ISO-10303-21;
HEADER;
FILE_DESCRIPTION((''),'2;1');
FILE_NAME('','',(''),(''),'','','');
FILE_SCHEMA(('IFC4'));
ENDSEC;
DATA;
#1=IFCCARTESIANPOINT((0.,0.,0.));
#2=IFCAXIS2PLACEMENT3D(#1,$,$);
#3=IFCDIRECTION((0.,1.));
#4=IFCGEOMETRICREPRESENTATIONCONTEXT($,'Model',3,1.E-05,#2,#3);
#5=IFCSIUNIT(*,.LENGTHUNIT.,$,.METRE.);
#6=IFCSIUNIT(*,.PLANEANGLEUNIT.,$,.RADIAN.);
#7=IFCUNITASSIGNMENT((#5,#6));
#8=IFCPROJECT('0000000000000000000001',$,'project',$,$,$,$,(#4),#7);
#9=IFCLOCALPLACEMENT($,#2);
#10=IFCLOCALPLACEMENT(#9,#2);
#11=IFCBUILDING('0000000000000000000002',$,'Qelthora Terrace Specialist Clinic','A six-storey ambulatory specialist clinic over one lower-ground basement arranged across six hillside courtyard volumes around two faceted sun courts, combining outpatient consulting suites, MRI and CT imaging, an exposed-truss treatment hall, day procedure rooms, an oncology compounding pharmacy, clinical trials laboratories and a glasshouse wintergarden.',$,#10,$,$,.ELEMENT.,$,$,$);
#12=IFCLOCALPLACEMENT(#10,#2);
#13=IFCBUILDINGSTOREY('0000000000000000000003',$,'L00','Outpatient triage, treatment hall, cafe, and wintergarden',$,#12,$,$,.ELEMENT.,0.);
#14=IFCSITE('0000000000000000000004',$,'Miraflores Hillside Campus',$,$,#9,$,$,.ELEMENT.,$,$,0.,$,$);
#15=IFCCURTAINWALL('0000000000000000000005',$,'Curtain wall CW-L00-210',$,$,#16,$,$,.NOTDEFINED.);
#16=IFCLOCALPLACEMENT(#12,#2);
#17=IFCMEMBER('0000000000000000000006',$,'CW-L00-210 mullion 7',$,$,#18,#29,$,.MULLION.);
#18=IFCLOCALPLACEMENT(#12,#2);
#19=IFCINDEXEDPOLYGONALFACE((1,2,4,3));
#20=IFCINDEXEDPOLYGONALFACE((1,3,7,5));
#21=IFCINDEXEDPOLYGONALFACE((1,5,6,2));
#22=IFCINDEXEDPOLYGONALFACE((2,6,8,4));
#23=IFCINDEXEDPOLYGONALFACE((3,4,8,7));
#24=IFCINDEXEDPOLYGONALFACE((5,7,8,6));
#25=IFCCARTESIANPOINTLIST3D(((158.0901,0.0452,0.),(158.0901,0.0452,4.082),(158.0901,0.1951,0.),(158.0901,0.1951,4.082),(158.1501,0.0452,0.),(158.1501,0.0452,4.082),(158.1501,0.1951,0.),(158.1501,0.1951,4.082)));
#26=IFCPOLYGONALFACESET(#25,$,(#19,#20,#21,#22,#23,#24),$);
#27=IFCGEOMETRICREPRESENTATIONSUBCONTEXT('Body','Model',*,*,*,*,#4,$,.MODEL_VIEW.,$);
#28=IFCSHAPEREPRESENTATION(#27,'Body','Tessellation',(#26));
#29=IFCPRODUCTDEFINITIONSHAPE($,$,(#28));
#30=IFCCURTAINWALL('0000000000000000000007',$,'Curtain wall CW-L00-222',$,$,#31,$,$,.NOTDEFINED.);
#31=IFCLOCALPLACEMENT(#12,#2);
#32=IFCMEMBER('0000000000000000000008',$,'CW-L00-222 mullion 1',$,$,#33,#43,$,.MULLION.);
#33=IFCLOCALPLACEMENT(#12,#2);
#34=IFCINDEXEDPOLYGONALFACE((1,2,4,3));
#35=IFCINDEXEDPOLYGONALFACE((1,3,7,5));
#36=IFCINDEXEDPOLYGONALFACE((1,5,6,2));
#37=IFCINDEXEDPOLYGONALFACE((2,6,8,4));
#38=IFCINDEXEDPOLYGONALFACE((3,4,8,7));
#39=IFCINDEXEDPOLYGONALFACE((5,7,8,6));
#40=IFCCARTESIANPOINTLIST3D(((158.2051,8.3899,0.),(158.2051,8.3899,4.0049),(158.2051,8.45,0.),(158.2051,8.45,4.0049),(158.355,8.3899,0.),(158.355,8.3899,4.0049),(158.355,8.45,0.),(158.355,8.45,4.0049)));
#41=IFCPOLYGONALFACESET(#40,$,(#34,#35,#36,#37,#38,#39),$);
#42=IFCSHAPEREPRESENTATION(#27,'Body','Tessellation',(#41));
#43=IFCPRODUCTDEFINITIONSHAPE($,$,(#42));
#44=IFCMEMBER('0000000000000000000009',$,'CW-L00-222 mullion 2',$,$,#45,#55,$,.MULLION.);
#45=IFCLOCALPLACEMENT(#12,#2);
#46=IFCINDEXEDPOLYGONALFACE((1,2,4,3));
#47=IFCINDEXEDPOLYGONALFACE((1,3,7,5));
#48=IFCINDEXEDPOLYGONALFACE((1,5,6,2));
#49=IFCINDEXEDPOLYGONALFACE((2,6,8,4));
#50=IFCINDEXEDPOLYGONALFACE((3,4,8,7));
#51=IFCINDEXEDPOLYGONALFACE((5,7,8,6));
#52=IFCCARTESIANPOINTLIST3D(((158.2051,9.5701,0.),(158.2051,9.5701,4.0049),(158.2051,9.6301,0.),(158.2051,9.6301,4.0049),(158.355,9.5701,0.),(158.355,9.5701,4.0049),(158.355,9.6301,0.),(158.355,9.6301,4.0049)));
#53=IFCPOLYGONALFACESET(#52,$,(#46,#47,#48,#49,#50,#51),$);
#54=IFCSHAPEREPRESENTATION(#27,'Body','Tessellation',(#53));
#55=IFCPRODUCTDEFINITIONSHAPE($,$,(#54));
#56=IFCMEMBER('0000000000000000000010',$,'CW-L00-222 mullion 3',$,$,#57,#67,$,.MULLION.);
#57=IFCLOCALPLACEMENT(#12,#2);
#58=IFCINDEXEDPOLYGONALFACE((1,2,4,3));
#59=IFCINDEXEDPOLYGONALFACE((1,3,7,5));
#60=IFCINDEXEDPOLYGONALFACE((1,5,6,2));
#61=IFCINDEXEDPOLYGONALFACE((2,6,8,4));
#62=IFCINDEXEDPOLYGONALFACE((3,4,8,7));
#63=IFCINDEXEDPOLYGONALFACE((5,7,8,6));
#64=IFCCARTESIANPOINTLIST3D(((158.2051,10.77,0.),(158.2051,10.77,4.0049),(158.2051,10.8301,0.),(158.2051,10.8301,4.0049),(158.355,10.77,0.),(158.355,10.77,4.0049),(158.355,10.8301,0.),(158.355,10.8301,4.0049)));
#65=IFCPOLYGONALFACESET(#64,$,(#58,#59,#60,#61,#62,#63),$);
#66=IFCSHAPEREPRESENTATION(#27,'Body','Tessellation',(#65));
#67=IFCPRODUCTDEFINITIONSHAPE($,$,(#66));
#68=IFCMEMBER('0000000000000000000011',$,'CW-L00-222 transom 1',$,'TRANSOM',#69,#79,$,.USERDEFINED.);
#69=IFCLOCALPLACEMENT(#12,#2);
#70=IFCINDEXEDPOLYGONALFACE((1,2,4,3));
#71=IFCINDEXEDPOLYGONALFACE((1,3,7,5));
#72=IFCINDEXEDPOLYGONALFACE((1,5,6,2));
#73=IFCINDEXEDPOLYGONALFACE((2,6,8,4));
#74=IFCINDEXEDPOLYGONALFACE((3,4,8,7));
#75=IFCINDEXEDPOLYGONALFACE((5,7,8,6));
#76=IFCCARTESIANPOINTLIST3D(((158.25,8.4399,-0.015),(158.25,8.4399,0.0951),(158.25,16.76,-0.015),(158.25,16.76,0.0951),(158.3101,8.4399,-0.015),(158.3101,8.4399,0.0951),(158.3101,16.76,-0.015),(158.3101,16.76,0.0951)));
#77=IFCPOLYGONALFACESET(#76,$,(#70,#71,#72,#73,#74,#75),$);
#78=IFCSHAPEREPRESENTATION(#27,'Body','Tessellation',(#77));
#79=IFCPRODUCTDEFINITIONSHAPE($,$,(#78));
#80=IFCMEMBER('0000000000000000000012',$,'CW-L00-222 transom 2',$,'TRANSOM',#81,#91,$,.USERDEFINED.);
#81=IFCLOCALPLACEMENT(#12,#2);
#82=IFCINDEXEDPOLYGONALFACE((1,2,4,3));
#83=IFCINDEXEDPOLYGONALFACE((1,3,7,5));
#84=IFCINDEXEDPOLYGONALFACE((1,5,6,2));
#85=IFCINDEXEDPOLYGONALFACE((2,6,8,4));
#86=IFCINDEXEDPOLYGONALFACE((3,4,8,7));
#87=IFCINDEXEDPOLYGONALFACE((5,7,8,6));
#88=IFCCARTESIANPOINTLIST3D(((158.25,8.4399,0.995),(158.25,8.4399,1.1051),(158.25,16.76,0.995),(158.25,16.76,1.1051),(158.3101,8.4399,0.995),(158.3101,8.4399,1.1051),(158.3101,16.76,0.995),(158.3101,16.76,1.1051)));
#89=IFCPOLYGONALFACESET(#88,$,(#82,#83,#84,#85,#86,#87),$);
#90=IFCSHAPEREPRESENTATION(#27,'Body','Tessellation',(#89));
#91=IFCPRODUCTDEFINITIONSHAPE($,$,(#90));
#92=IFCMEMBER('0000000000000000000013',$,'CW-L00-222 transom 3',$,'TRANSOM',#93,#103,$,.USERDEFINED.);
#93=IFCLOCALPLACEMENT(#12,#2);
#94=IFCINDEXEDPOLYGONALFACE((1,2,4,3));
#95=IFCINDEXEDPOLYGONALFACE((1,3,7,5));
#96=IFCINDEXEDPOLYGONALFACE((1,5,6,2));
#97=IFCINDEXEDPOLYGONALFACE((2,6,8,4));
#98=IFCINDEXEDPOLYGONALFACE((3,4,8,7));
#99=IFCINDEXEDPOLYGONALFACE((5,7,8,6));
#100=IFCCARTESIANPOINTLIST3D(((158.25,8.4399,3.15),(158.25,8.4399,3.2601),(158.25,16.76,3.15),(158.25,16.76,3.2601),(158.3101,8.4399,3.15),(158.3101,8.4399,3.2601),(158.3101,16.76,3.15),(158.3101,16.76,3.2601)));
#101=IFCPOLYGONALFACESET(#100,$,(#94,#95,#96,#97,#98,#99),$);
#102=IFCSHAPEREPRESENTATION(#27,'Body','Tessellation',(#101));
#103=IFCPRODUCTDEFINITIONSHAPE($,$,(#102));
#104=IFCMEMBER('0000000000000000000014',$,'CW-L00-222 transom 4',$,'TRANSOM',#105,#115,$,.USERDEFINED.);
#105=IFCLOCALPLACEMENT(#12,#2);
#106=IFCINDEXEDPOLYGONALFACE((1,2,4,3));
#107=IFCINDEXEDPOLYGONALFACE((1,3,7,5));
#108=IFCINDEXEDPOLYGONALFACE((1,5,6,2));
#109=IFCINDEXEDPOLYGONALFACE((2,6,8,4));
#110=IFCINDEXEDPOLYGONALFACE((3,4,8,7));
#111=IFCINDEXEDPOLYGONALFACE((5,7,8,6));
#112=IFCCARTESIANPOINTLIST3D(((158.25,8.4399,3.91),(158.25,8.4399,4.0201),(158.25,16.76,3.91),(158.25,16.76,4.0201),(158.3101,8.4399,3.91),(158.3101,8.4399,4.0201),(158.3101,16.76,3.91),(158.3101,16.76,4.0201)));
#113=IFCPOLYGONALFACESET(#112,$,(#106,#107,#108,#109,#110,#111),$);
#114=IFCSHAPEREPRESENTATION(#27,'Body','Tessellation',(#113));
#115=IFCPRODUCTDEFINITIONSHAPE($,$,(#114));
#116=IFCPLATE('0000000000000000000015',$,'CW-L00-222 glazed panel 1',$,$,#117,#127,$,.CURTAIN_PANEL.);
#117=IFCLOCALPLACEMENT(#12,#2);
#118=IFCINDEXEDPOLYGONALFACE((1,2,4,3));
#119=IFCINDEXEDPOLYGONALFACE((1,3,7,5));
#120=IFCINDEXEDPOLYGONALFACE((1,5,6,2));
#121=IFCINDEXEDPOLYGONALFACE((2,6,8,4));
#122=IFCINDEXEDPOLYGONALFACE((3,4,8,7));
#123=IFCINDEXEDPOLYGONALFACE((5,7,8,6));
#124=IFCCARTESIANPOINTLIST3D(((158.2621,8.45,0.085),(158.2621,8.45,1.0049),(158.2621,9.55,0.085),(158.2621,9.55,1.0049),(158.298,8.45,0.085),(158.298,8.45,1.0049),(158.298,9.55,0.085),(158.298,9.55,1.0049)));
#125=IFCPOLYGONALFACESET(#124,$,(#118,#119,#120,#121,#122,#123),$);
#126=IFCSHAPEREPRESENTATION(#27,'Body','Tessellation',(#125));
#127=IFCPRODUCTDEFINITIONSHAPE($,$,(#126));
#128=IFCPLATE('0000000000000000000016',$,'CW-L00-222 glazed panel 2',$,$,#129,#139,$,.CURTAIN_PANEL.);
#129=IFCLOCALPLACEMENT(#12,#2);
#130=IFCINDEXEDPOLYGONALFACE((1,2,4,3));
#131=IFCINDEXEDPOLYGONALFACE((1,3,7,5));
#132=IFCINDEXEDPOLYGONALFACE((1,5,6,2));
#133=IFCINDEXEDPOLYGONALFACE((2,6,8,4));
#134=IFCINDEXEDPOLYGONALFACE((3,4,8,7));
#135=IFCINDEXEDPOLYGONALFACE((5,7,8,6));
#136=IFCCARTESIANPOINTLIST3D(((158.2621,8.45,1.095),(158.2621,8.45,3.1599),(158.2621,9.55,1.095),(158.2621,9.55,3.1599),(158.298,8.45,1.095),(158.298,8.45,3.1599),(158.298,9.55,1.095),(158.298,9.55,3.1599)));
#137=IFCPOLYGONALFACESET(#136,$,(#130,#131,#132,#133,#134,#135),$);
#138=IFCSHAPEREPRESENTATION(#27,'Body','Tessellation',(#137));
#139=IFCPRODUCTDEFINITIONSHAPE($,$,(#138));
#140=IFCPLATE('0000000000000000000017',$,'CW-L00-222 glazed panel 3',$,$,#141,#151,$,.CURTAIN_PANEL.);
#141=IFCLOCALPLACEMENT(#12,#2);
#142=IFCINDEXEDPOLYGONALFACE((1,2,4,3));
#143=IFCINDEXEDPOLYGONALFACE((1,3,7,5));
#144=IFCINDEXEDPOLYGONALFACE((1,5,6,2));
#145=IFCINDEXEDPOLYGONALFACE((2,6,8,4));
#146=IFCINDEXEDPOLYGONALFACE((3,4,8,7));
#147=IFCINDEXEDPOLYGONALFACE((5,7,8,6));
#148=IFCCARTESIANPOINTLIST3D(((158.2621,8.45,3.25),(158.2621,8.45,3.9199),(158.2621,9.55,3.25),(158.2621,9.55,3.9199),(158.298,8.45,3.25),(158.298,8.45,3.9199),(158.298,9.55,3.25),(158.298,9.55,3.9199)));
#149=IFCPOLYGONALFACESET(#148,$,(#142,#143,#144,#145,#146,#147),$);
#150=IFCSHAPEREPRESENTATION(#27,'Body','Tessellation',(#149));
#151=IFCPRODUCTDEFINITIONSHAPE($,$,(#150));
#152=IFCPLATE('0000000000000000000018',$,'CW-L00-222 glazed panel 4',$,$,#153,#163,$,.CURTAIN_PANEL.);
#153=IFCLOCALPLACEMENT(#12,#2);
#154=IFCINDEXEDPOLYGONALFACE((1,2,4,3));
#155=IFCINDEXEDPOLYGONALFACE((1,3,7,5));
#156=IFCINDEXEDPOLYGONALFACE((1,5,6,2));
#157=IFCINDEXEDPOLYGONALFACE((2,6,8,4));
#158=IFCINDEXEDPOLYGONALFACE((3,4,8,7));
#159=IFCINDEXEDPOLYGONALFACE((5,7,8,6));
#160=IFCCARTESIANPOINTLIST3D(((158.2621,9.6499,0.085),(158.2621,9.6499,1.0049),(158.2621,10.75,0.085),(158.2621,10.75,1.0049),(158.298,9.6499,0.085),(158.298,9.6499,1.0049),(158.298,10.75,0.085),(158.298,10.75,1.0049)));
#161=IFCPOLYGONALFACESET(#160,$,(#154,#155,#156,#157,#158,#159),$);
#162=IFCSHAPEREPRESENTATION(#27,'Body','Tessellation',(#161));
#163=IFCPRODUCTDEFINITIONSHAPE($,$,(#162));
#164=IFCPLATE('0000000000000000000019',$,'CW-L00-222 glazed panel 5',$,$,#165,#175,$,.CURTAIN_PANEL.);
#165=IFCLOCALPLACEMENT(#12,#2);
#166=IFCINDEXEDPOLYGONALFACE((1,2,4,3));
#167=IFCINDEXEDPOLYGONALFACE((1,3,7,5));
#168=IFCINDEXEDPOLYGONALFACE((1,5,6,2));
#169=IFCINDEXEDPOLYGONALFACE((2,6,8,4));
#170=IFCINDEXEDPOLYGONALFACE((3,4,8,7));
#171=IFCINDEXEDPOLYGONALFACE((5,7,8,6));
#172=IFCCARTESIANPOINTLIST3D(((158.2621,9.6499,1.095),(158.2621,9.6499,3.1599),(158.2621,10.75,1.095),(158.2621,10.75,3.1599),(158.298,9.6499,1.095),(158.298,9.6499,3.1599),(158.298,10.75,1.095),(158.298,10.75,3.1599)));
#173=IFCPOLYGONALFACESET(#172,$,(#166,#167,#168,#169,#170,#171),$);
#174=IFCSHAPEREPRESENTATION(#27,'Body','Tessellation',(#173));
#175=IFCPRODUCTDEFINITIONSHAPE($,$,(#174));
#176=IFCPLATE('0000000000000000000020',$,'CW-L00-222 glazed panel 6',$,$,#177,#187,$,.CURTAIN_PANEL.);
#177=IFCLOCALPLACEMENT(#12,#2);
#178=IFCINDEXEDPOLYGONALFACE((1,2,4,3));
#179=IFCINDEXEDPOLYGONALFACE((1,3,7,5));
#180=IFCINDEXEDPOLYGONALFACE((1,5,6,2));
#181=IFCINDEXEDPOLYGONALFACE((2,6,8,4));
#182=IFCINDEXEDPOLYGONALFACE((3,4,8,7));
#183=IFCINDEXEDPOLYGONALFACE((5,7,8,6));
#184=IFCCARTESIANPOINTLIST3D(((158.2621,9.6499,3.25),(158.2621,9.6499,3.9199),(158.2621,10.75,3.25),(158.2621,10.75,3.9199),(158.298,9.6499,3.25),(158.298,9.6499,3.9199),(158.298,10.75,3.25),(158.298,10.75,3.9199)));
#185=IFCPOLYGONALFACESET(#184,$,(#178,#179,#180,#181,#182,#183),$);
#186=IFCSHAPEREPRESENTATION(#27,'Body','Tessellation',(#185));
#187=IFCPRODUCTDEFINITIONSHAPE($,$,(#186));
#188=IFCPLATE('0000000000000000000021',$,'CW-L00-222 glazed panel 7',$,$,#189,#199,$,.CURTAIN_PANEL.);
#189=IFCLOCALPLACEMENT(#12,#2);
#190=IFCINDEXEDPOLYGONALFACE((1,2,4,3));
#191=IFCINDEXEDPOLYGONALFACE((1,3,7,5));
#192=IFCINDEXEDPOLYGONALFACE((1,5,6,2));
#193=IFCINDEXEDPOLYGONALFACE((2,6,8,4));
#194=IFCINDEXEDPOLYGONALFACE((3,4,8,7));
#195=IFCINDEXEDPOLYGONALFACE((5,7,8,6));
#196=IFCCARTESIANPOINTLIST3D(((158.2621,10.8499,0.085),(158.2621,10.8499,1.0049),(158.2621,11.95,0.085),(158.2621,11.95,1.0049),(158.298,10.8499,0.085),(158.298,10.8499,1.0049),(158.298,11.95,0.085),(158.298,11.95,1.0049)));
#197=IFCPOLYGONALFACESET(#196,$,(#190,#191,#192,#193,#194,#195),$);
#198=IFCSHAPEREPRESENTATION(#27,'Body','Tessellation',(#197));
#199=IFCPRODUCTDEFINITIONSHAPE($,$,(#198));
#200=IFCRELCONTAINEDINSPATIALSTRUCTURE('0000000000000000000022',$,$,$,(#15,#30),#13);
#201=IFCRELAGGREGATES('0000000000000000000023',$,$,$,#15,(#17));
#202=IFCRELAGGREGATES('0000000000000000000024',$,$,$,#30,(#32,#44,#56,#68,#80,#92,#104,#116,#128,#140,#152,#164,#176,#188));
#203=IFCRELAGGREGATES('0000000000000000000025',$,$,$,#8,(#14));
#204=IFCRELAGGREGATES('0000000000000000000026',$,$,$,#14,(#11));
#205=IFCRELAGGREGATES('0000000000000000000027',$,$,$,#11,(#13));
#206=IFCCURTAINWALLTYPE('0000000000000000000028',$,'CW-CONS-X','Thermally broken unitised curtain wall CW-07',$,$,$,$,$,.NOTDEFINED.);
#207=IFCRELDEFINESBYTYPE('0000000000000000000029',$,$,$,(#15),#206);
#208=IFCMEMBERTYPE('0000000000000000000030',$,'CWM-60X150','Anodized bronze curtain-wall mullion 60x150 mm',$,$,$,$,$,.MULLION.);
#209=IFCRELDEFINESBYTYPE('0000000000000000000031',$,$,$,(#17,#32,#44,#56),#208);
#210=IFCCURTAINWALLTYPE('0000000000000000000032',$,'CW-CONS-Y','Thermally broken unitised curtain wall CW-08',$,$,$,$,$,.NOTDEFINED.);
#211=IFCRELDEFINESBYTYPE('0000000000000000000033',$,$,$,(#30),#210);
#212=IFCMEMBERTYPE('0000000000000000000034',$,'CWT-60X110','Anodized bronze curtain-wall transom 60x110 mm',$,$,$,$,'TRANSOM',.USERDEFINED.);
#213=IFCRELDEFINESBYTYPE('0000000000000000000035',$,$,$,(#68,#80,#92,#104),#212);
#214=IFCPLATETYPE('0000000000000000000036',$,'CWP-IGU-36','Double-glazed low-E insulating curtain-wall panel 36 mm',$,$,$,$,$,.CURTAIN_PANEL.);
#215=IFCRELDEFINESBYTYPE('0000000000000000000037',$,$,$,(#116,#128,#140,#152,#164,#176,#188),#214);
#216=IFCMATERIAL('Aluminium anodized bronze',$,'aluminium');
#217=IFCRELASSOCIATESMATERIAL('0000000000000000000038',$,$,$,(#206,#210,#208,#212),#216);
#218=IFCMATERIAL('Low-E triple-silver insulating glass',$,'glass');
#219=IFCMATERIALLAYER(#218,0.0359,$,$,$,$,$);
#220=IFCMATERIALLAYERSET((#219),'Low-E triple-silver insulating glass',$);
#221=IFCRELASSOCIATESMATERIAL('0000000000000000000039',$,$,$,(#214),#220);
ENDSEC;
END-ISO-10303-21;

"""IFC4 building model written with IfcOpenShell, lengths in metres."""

from ifc_helpers import new_model, si_unit, direction, frame, origin, origin_2d, place, context, subcontext, project, spatial, rectangle, extrude, material, layer, layer_set, material_profile, profile_set, type_object, element, aggregate, save


model = new_model("IFC4")

# Units and contexts
model_context = context("Model", 3, precision=1e-05, world=origin(), true_north=direction((0.0, 1.0)))
body_context = subcontext(model_context, "Body", "Model", "MODEL_VIEW")
ifc_project = project(units=[si_unit("LENGTHUNIT", "METRE"), si_unit("PLANEANGLEUNIT", "RADIAN")], contexts=[model_context])

# Site, building, storey
site_placement = place(None, origin())
site = spatial("IfcSite", under=ifc_project, at=site_placement, Name="Miraflores Hillside Campus", CompositionType="ELEMENT", RefElevation=0.0)
building_placement = place(site_placement, origin())
building = spatial("IfcBuilding", under=site, at=building_placement, Name="Qelthora Terrace Specialist Clinic", Description="A six-storey ambulatory specialist clinic over one lower-ground basement arranged across six hillside courtyard volumes around two faceted sun courts, combining outpatient consulting suites, MRI and CT imaging, an exposed-truss treatment hall, day procedure rooms, an oncology compounding pharmacy, clinical trials laboratories and a glasshouse wintergarden.", CompositionType="ELEMENT")
storey_placement = place(building_placement, origin())
storey = spatial("IfcBuildingStorey", under=building, at=storey_placement, Name="L00", Description="Outpatient triage, treatment hall, cafe, and wintergarden", CompositionType="ELEMENT", Elevation=0.0)

# Curtain wall, member
ifc_material_1 = material(Name="Aluminium anodized bronze", Category="aluminium")
curtain_wall_type_1 = type_object("IfcCurtainWallType", Name="CW-CONS-X", Description="Thermally broken unitised curtain wall CW-07", PredefinedType="NOTDEFINED", material=ifc_material_1)
curtain_wall_1_placement = place(storey_placement, origin())
curtain_wall_1 = element("IfcCurtainWall", 1, at=curtain_wall_1_placement, inside=storey, type_object=curtain_wall_type_1, Name="Curtain wall CW-L00-210", PredefinedType="NOTDEFINED")
ifc_material_profile_1 = material_profile(ifc_material_1, rectangle(XDim=0.0601, YDim=0.1499, at=origin_2d()), Name="CWM60X150")
ifc_profile_set_1 = profile_set([ifc_material_profile_1], Name="Aluminium anodized bronze")
member_type_1 = type_object("IfcMemberType", Name="CWM-60X150", Description="Anodized bronze curtain-wall mullion 60x150 mm", PredefinedType="MULLION", material=ifc_profile_set_1)
member_1_placement = place(storey_placement, frame((158.1201, 0.1201, 0.0), z_axis=(0.0, 0.0, 1.0), x_axis=(1.0, 0.0, 0.0)))
member_1 = element("IfcMember", 2, at=member_1_placement, type_object=member_type_1, Name="CW-L00-210 mullion 7", PredefinedType="MULLION", context=body_context, shape_type="SweptSolid", body=[
    extrude(rectangle(XDim=0.0601, YDim=0.1499, at=origin_2d()), origin(), (0.0, 0.0, 1.0), 4.082),
])
aggregate(curtain_wall_1, [member_1])

# Curtain wall, members, plates
curtain_wall_type_2 = type_object("IfcCurtainWallType", Name="CW-CONS-Y", Description="Thermally broken unitised curtain wall CW-08", PredefinedType="NOTDEFINED", material=ifc_material_1)
curtain_wall_2_placement = place(storey_placement, origin())
curtain_wall_2 = element("IfcCurtainWall", 3, at=curtain_wall_2_placement, inside=storey, type_object=curtain_wall_type_2, Name="Curtain wall CW-L00-222", PredefinedType="NOTDEFINED")
member_2_placement = place(storey_placement, frame((158.28, 8.4199, 0.0), z_axis=(0.0, 0.0, 1.0), x_axis=(0.0, 1.0, 0.0)))
member_2 = element("IfcMember", 4, at=member_2_placement, type_object=member_type_1, Name="CW-L00-222 mullion 1", PredefinedType="MULLION", context=body_context, shape_type="SweptSolid", body=[
    extrude(rectangle(XDim=0.0601, YDim=0.1499, at=origin_2d()), origin(), (0.0, 0.0, 1.0), 4.0049),
])
member_3_placement = place(storey_placement, frame((158.28, 9.6001, 0.0), z_axis=(0.0, 0.0, 1.0), x_axis=(0.0, 1.0, 0.0)))
member_3 = element("IfcMember", 5, at=member_3_placement, type_object=member_type_1, Name="CW-L00-222 mullion 2", PredefinedType="MULLION", context=body_context, shape_type="SweptSolid", body=[
    extrude(rectangle(XDim=0.0601, YDim=0.1499, at=origin_2d()), origin(), (0.0, 0.0, 1.0), 4.0049),
])
member_4_placement = place(storey_placement, frame((158.28, 10.8, 0.0), z_axis=(0.0, 0.0, 1.0), x_axis=(0.0, 1.0, 0.0)))
member_4 = element("IfcMember", 6, at=member_4_placement, type_object=member_type_1, Name="CW-L00-222 mullion 3", PredefinedType="MULLION", context=body_context, shape_type="SweptSolid", body=[
    extrude(rectangle(XDim=0.0601, YDim=0.1499, at=origin_2d()), origin(), (0.0, 0.0, 1.0), 4.0049),
])
ifc_material_profile_2 = material_profile(ifc_material_1, rectangle(XDim=0.0601, YDim=0.1101, at=origin_2d()), Name="CWT60X110")
ifc_profile_set_2 = profile_set([ifc_material_profile_2], Name="Aluminium anodized bronze")
member_type_2 = type_object("IfcMemberType", Name="CWT-60X110", Description="Anodized bronze curtain-wall transom 60x110 mm", ElementType="TRANSOM", PredefinedType="USERDEFINED", material=ifc_profile_set_2)
member_5_placement = place(storey_placement, frame((158.28, 8.4399, 0.04), z_axis=(0.0, 1.0, 0.0), x_axis=(-1.0, 0.0, 0.0)))
member_5 = element("IfcMember", 7, at=member_5_placement, type_object=member_type_2, Name="CW-L00-222 transom 1", ObjectType="TRANSOM", PredefinedType="USERDEFINED", context=body_context, shape_type="SweptSolid", body=[
    extrude(rectangle(XDim=0.0601, YDim=0.1101, at=origin_2d()), origin(), (0.0, 0.0, 1.0), 8.3201),
])
member_6_placement = place(storey_placement, frame((158.28, 8.4399, 1.05), z_axis=(0.0, 1.0, 0.0), x_axis=(-1.0, 0.0, 0.0)))
member_6 = element("IfcMember", 8, at=member_6_placement, type_object=member_type_2, Name="CW-L00-222 transom 2", ObjectType="TRANSOM", PredefinedType="USERDEFINED", context=body_context, shape_type="SweptSolid", body=[
    extrude(rectangle(XDim=0.0601, YDim=0.1101, at=origin_2d()), origin(), (0.0, 0.0, 1.0), 8.3201),
])
member_7_placement = place(storey_placement, frame((158.28, 8.4399, 3.2051), z_axis=(0.0, 1.0, 0.0), x_axis=(-1.0, 0.0, 0.0)))
member_7 = element("IfcMember", 9, at=member_7_placement, type_object=member_type_2, Name="CW-L00-222 transom 3", ObjectType="TRANSOM", PredefinedType="USERDEFINED", context=body_context, shape_type="SweptSolid", body=[
    extrude(rectangle(XDim=0.0601, YDim=0.1101, at=origin_2d()), origin(), (0.0, 0.0, 1.0), 8.3201),
])
member_8_placement = place(storey_placement, frame((158.28, 8.4399, 3.9651), z_axis=(0.0, 1.0, 0.0), x_axis=(-1.0, 0.0, 0.0)))
member_8 = element("IfcMember", 10, at=member_8_placement, type_object=member_type_2, Name="CW-L00-222 transom 4", ObjectType="TRANSOM", PredefinedType="USERDEFINED", context=body_context, shape_type="SweptSolid", body=[
    extrude(rectangle(XDim=0.0601, YDim=0.1101, at=origin_2d()), origin(), (0.0, 0.0, 1.0), 8.3201),
])
ifc_material_2 = material(Name="Low-E triple-silver insulating glass", Category="glass")
ifc_layer_1 = layer(ifc_material_2, 0.0359)
ifc_layer_set_1 = layer_set([ifc_layer_1], Name="Low-E triple-silver insulating glass")
plate_type_1 = type_object("IfcPlateType", Name="CWP-IGU-36", Description="Double-glazed low-E insulating curtain-wall panel 36 mm", PredefinedType="CURTAIN_PANEL", material=ifc_layer_set_1)
plate_1_placement = place(storey_placement, frame((158.28, 9.0, 0.085), z_axis=(0.0, 0.0, 1.0), x_axis=(0.0, 1.0, 0.0)))
plate_1 = element("IfcPlate", 11, at=plate_1_placement, type_object=plate_type_1, Name="CW-L00-222 glazed panel 1", PredefinedType="CURTAIN_PANEL", context=body_context, shape_type="SweptSolid", body=[
    extrude(rectangle(XDim=1.1001, YDim=0.0359, at=origin_2d()), origin(), (0.0, 0.0, 1.0), 0.9199),
])
plate_2_placement = place(storey_placement, frame((158.28, 9.0, 1.095), z_axis=(0.0, 0.0, 1.0), x_axis=(0.0, 1.0, 0.0)))
plate_2 = element("IfcPlate", 12, at=plate_2_placement, type_object=plate_type_1, Name="CW-L00-222 glazed panel 2", PredefinedType="CURTAIN_PANEL", context=body_context, shape_type="SweptSolid", body=[
    extrude(rectangle(XDim=1.1001, YDim=0.0359, at=origin_2d()), origin(), (0.0, 0.0, 1.0), 2.0649),
])
plate_3_placement = place(storey_placement, frame((158.28, 9.0, 3.25), z_axis=(0.0, 0.0, 1.0), x_axis=(0.0, 1.0, 0.0)))
plate_3 = element("IfcPlate", 13, at=plate_3_placement, type_object=plate_type_1, Name="CW-L00-222 glazed panel 3", PredefinedType="CURTAIN_PANEL", context=body_context, shape_type="SweptSolid", body=[
    extrude(rectangle(XDim=1.1001, YDim=0.0359, at=origin_2d()), origin(), (0.0, 0.0, 1.0), 0.6699),
])
plate_4_placement = place(storey_placement, frame((158.28, 10.2, 0.085), z_axis=(0.0, 0.0, 1.0), x_axis=(0.0, 1.0, 0.0)))
plate_4 = element("IfcPlate", 14, at=plate_4_placement, type_object=plate_type_1, Name="CW-L00-222 glazed panel 4", PredefinedType="CURTAIN_PANEL", context=body_context, shape_type="SweptSolid", body=[
    extrude(rectangle(XDim=1.1001, YDim=0.0359, at=origin_2d()), origin(), (0.0, 0.0, 1.0), 0.9199),
])
plate_5_placement = place(storey_placement, frame((158.28, 10.2, 1.095), z_axis=(0.0, 0.0, 1.0), x_axis=(0.0, 1.0, 0.0)))
plate_5 = element("IfcPlate", 15, at=plate_5_placement, type_object=plate_type_1, Name="CW-L00-222 glazed panel 5", PredefinedType="CURTAIN_PANEL", context=body_context, shape_type="SweptSolid", body=[
    extrude(rectangle(XDim=1.1001, YDim=0.0359, at=origin_2d()), origin(), (0.0, 0.0, 1.0), 2.0649),
])
plate_6_placement = place(storey_placement, frame((158.28, 10.2, 3.25), z_axis=(0.0, 0.0, 1.0), x_axis=(0.0, 1.0, 0.0)))
plate_6 = element("IfcPlate", 16, at=plate_6_placement, type_object=plate_type_1, Name="CW-L00-222 glazed panel 6", PredefinedType="CURTAIN_PANEL", context=body_context, shape_type="SweptSolid", body=[
    extrude(rectangle(XDim=1.1001, YDim=0.0359, at=origin_2d()), origin(), (0.0, 0.0, 1.0), 0.6699),
])
plate_7_placement = place(storey_placement, frame((158.28, 11.3999, 0.085), z_axis=(0.0, 0.0, 1.0), x_axis=(0.0, 1.0, 0.0)))
plate_7 = element("IfcPlate", 17, at=plate_7_placement, type_object=plate_type_1, Name="CW-L00-222 glazed panel 7", PredefinedType="CURTAIN_PANEL", context=body_context, shape_type="SweptSolid", body=[
    extrude(rectangle(XDim=1.1001, YDim=0.0359, at=origin_2d()), origin(), (0.0, 0.0, 1.0), 0.9199),
])
aggregate(curtain_wall_2, [member_2, member_3, member_4, member_5, member_6, member_7, member_8, plate_1, plate_2, plate_3, plate_4, plate_5, plate_6, plate_7])

save(model, "model.ifc")
